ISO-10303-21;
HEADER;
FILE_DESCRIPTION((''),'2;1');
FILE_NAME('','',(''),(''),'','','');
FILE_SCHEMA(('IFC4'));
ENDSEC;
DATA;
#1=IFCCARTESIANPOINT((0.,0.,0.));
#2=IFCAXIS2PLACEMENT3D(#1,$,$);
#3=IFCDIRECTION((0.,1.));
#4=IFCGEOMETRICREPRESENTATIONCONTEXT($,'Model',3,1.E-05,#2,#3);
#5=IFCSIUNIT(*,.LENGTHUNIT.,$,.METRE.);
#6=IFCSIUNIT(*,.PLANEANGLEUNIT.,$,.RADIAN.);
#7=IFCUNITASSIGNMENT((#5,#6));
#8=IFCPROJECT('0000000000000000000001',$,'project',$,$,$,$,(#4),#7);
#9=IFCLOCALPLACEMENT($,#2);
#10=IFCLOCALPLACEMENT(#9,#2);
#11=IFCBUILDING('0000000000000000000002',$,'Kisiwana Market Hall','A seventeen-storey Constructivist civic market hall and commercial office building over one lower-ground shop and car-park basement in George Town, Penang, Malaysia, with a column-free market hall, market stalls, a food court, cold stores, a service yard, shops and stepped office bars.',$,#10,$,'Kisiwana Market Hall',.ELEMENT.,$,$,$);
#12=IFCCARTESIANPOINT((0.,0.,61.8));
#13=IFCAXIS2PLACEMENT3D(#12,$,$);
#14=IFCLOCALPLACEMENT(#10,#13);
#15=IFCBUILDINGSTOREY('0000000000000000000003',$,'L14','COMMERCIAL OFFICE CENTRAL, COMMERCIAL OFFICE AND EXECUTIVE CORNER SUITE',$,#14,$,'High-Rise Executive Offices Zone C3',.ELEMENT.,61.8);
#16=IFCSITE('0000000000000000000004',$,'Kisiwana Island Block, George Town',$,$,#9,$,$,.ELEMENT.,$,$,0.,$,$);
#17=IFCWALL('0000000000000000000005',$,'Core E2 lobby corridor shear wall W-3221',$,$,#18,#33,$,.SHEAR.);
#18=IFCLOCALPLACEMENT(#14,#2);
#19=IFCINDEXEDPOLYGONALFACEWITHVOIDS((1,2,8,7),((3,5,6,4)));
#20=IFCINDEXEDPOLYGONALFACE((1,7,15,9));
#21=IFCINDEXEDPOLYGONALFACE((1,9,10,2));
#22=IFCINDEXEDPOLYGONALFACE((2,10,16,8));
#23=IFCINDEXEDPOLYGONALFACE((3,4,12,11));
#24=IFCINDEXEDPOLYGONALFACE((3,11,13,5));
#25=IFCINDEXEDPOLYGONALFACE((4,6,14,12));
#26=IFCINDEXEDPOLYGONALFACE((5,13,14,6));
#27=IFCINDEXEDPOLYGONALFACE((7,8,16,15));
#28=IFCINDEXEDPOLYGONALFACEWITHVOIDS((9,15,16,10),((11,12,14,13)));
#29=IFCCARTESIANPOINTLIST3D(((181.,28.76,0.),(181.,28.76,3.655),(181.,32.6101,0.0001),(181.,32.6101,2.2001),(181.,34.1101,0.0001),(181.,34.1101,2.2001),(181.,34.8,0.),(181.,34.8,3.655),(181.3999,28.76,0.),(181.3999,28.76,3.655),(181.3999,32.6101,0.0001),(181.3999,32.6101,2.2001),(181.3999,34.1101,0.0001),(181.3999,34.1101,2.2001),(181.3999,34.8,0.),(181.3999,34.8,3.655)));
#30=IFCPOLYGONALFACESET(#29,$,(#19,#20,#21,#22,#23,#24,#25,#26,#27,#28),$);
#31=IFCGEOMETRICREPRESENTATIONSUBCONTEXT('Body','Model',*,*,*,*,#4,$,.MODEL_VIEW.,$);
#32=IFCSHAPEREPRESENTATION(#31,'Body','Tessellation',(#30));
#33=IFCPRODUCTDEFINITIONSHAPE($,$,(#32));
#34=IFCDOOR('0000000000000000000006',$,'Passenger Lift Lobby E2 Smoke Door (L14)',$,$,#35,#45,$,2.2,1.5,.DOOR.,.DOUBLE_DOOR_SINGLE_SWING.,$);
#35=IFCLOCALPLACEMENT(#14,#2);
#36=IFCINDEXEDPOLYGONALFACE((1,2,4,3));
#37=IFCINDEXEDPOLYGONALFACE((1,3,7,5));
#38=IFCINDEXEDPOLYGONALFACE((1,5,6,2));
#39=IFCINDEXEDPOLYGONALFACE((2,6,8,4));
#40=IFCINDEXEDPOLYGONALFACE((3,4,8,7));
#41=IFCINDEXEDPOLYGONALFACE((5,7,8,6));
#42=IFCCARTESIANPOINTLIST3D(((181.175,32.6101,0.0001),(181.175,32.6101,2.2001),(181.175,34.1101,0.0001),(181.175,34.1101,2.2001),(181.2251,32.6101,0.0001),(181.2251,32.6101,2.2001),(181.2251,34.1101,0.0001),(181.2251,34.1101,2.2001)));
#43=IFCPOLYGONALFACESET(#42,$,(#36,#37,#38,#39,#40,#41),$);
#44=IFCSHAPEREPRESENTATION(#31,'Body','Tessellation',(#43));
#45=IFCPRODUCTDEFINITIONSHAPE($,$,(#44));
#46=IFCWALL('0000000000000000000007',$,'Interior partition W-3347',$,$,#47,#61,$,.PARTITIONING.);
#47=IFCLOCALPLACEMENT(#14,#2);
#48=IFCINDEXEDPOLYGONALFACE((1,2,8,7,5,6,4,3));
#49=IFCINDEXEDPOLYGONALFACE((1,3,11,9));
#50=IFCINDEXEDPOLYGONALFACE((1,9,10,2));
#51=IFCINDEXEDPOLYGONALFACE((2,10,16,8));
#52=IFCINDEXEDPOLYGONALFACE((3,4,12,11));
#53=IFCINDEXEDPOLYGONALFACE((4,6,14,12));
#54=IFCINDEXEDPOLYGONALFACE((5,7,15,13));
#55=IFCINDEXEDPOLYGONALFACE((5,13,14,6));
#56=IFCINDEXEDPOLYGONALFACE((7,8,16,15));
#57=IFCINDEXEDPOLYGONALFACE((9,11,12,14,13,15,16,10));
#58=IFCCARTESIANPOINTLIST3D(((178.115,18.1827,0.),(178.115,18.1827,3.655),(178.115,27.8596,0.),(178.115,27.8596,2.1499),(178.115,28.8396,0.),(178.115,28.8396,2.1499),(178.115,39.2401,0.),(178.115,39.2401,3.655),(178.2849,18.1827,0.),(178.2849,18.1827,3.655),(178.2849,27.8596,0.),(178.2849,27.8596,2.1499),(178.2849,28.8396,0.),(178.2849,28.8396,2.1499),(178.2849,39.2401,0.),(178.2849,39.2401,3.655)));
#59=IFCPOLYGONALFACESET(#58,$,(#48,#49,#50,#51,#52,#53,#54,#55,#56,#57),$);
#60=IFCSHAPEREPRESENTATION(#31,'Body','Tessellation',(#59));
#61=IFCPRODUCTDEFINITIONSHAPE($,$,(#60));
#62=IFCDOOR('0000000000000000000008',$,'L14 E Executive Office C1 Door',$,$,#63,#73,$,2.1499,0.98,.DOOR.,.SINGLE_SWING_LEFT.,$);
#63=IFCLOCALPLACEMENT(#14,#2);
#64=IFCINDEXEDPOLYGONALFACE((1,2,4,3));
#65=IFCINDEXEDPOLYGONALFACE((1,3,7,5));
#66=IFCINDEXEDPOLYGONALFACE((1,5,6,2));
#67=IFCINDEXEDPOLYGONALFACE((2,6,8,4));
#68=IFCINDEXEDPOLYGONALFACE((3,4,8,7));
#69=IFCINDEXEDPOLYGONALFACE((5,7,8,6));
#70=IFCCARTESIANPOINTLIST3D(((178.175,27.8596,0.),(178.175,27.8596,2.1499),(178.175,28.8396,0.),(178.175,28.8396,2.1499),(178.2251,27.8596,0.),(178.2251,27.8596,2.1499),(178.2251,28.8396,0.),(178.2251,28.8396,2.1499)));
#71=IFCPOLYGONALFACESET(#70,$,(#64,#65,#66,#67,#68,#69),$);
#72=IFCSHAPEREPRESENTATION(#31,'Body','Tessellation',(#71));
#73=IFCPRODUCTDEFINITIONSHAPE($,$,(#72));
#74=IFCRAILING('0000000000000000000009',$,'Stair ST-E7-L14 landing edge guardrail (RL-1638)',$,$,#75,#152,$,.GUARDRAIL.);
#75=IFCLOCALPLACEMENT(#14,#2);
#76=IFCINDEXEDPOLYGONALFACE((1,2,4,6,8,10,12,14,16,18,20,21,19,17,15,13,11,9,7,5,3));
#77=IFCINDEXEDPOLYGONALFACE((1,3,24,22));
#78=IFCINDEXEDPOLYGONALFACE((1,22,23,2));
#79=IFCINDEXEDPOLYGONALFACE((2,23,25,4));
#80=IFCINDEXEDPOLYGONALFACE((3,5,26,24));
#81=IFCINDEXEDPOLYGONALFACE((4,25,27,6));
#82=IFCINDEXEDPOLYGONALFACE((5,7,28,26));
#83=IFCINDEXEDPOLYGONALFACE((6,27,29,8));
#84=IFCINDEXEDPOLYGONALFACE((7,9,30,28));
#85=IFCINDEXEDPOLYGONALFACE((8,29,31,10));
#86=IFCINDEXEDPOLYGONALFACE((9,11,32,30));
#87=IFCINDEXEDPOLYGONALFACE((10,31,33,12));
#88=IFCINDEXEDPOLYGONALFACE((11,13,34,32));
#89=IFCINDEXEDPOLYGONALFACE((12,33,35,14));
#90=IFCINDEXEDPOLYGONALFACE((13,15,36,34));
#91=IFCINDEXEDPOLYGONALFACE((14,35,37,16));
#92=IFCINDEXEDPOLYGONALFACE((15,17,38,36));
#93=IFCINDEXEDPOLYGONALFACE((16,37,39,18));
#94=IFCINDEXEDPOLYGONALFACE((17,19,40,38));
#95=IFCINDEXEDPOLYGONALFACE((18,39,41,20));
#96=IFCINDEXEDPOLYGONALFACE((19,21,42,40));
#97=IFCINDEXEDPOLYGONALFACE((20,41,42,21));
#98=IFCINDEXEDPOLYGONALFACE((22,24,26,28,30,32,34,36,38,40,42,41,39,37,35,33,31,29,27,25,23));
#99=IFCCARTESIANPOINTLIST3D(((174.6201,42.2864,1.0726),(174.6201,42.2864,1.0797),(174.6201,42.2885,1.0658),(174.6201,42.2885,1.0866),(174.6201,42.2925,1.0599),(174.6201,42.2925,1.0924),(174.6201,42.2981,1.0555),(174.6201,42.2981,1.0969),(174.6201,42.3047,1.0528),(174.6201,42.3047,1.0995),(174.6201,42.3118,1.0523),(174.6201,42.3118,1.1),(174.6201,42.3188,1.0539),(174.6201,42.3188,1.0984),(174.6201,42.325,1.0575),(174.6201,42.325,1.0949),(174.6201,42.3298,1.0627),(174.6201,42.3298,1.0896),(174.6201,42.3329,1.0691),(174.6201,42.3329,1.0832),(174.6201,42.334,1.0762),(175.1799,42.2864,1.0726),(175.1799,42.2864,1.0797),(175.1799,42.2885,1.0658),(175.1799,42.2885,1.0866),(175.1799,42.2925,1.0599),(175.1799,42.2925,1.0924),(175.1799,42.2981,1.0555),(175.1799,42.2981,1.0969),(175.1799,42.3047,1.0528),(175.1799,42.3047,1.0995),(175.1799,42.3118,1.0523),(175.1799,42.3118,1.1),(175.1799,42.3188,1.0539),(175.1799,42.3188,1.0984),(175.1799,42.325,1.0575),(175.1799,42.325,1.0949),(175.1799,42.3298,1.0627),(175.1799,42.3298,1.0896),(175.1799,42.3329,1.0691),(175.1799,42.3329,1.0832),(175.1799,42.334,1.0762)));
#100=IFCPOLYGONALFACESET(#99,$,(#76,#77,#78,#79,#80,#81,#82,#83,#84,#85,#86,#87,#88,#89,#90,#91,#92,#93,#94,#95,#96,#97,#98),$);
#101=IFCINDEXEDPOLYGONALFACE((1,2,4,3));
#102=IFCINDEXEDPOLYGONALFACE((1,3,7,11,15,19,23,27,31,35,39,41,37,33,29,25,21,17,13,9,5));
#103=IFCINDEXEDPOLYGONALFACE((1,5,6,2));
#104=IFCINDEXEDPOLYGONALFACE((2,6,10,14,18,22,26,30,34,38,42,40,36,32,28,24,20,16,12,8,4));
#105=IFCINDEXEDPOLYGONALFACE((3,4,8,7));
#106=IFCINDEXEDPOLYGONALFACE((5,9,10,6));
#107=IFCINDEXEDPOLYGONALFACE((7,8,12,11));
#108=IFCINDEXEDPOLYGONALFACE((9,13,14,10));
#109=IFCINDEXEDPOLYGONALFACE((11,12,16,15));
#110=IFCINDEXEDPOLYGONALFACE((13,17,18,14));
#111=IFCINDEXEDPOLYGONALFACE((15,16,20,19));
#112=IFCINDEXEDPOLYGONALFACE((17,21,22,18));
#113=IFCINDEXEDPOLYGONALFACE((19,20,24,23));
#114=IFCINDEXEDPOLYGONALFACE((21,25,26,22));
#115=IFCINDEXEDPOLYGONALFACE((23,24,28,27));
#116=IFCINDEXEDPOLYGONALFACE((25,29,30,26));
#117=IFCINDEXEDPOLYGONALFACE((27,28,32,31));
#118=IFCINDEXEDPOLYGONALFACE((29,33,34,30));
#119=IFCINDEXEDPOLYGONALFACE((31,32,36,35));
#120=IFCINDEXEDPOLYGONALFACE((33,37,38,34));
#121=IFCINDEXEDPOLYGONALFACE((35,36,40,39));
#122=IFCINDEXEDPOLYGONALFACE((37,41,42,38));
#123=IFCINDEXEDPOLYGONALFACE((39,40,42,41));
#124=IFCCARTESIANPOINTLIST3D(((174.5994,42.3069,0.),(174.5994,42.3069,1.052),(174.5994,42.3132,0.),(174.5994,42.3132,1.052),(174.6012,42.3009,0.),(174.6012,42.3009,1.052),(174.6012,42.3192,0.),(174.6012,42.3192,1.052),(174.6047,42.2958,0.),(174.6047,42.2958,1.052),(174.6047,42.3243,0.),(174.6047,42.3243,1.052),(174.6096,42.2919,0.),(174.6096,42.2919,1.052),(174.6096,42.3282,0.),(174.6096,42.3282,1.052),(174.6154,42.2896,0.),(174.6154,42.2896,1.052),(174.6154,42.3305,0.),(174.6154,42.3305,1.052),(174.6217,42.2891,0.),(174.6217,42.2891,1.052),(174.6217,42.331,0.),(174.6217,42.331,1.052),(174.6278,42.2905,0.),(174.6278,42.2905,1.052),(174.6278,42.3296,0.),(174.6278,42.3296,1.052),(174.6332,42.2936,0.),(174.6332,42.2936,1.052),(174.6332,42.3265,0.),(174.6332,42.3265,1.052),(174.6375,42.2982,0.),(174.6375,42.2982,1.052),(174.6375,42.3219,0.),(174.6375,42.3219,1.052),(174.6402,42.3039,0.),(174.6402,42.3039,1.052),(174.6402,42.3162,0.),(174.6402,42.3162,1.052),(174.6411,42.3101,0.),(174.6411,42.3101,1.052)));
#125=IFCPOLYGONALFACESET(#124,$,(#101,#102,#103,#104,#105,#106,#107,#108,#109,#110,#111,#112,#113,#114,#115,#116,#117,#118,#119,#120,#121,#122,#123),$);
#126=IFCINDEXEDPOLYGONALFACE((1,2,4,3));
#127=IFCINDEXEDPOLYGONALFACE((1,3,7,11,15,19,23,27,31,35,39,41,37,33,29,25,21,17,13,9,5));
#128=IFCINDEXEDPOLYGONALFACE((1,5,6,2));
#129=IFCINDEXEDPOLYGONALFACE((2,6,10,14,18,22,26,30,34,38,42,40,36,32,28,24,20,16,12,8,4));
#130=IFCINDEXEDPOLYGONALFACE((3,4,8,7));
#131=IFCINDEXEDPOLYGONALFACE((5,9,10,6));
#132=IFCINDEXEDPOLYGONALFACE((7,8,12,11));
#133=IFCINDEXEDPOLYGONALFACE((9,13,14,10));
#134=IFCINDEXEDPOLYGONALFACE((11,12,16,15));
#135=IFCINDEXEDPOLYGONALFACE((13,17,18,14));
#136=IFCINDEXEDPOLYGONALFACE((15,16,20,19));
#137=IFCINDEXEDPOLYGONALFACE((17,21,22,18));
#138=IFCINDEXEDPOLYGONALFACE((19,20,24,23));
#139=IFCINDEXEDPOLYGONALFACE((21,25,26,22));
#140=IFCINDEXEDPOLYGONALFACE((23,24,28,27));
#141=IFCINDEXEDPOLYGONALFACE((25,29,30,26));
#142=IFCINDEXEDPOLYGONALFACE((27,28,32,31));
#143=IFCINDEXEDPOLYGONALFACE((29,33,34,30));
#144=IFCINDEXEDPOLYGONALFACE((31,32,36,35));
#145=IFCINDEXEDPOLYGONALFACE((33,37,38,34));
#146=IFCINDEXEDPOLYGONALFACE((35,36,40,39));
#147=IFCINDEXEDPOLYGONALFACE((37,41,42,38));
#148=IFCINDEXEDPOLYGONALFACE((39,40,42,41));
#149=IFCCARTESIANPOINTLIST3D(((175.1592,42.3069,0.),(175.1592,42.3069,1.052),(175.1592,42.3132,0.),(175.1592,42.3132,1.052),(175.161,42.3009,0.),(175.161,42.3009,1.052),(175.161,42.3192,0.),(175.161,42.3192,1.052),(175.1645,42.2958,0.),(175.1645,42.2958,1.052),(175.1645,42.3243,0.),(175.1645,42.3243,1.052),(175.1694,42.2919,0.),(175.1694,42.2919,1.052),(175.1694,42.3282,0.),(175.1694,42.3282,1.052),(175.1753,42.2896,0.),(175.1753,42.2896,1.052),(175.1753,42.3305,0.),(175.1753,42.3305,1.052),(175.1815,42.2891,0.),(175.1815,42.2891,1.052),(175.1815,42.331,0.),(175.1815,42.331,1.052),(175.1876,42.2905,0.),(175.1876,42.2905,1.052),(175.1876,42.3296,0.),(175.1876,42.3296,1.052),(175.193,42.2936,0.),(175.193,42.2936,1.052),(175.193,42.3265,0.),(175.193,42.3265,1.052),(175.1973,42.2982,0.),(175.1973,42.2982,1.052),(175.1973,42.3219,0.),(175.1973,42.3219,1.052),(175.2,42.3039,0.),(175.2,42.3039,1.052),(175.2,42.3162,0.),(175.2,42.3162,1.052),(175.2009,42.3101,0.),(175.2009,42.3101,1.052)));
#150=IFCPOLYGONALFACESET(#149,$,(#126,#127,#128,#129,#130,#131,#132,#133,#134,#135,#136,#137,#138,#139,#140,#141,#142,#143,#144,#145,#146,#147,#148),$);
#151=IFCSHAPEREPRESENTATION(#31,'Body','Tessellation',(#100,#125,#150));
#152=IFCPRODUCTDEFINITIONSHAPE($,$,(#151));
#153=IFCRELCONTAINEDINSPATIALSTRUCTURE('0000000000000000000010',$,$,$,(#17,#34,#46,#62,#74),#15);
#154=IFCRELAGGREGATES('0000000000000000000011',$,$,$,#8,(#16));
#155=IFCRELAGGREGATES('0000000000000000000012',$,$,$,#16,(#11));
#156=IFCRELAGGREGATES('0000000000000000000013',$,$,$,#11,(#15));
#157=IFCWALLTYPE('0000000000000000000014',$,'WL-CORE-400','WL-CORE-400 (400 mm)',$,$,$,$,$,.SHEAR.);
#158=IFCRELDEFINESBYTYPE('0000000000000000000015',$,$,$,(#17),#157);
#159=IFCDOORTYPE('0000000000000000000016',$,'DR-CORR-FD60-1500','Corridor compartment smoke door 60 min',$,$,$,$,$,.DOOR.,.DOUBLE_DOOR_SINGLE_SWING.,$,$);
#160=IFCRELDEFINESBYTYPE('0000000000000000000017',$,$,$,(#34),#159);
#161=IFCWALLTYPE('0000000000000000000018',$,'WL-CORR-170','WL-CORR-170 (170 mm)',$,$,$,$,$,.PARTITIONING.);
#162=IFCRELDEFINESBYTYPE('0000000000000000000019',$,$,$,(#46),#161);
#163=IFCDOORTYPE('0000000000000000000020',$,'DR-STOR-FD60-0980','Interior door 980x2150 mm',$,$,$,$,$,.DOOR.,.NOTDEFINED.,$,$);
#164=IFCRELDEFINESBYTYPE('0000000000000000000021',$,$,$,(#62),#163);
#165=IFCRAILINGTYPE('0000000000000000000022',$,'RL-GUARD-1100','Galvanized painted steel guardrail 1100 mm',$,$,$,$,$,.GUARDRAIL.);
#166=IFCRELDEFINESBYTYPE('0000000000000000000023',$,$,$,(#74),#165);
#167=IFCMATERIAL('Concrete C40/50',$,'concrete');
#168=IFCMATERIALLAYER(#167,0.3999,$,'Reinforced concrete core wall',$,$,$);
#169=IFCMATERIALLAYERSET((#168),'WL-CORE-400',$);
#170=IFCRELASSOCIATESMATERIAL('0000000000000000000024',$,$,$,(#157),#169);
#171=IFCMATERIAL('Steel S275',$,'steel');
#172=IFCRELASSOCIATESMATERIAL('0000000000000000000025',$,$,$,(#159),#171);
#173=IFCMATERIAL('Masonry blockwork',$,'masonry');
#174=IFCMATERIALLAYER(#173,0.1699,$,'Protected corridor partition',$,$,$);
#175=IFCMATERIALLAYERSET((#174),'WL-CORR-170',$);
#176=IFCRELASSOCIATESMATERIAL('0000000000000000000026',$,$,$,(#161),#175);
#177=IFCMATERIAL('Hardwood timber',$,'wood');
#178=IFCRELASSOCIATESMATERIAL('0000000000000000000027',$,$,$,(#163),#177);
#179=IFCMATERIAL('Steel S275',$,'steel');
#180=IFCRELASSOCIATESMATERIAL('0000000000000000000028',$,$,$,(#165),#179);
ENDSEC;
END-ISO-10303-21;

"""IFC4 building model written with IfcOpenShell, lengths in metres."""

from ifc_helpers import new_model, si_unit, direction, frame, frame_2d, origin, origin_2d, place, context, subcontext, project, spatial, rectangle, circle, extrude, material, layer, layer_set, type_object, element, fill, save


model = new_model("IFC4")

# Units and contexts
model_context = context("Model", 3, precision=1e-05, world=origin(), true_north=direction((0.0, 1.0)))
body_context = subcontext(model_context, "Body", "Model", "MODEL_VIEW")
ifc_project = project(units=[si_unit("LENGTHUNIT", "METRE"), si_unit("PLANEANGLEUNIT", "RADIAN")], contexts=[model_context])

# Site, building, storey
site_placement = place(None, origin())
site = spatial("IfcSite", under=ifc_project, at=site_placement, Name="Kisiwana Island Block, George Town", CompositionType="ELEMENT", RefElevation=0.0)
building_placement = place(site_placement, origin())
building = spatial("IfcBuilding", under=site, at=building_placement, Name="Kisiwana Market Hall", Description="A seventeen-storey Constructivist civic market hall and commercial office building over one lower-ground shop and car-park basement in George Town, Penang, Malaysia, with a column-free market hall, market stalls, a food court, cold stores, a service yard, shops and stepped office bars.", LongName="Kisiwana Market Hall", CompositionType="ELEMENT")
storey_placement = place(building_placement, frame((0.0, 0.0, 61.8)))
storey = spatial("IfcBuildingStorey", under=building, at=storey_placement, Name="L14", Description="COMMERCIAL OFFICE CENTRAL, COMMERCIAL OFFICE AND EXECUTIVE CORNER SUITE", LongName="High-Rise Executive Offices Zone C3", CompositionType="ELEMENT", Elevation=61.8)

# Shared definitions
ifc_material_1 = material(Name="Concrete C40/50", Category="concrete")
ifc_layer_1 = layer(ifc_material_1, 0.3999, Name="Reinforced concrete core wall")
ifc_layer_set_1 = layer_set([ifc_layer_1], Name="WL-CORE-400")
wall_type_1 = type_object("IfcWallType", Name="WL-CORE-400", Description="WL-CORE-400 (400 mm)", PredefinedType="SHEAR", material=ifc_layer_set_1)

# Walls, openings, doors
wall_1_placement = place(storey_placement, frame((181.2, 28.76, 0.0), z_axis=(0.0, 0.0, 1.0), x_axis=(0.0, 1.0, 0.0)))
wall_1 = element("IfcWall", 1, at=wall_1_placement, inside=storey, type_object=wall_type_1, Name="Core E2 lobby corridor shear wall W-3221", PredefinedType="SHEAR", context=body_context, shape_type="SweptSolid", body=[
    extrude(rectangle(XDim=6.04, YDim=0.3999, at=frame_2d((3.02, 0.0))), origin(), (0.0, 0.0, 1.0), 3.655),
])
opening_1_placement = place(wall_1_placement, frame((3.8501, 0.0, 0.0)))
opening_1 = element("IfcOpeningElement", 2, at=opening_1_placement, cuts=wall_1, PredefinedType="OPENING", context=body_context, shape_type="SweptSolid", body=[
    extrude(rectangle(XDim=1.5, YDim=2.2, at=frame_2d((0.75, 1.1001))), frame((0.0, 0.2119, 0.0), z_axis=(0.0, -1.0, 0.0), x_axis=(1.0, 0.0, 0.0)), (0.0, 0.0, 1.0), 0.4238),
])
ifc_material_2 = material(Name="Steel S275", Category="steel")
door_type_1 = type_object("IfcDoorType", Name="DR-CORR-FD60-1500", Description="Corridor compartment smoke door 60 min", OperationType="DOUBLE_DOOR_SINGLE_SWING", PredefinedType="DOOR", material=ifc_material_2)
door_1_placement = place(opening_1_placement, origin())
door_1 = element("IfcDoor", 3, at=door_1_placement, inside=storey, type_object=door_type_1, Name="Passenger Lift Lobby E2 Smoke Door (L14)", OperationType="DOUBLE_DOOR_SINGLE_SWING", OverallHeight=2.2, OverallWidth=1.5, PredefinedType="DOOR", context=body_context, shape_type="SweptSolid", body=[
    extrude(rectangle(XDim=1.5, YDim=2.2, at=frame_2d((0.75, 1.1001))), frame((0.0, 0.0249, 0.0), z_axis=(0.0, -1.0, 0.0), x_axis=(1.0, 0.0, 0.0)), (0.0, 0.0, 1.0), 0.05),
])
fill(opening_1, door_1)
ifc_material_3 = material(Name="Masonry blockwork", Category="masonry")
ifc_layer_2 = layer(ifc_material_3, 0.1699, Name="Protected corridor partition")
ifc_layer_set_2 = layer_set([ifc_layer_2], Name="WL-CORR-170")
wall_type_2 = type_object("IfcWallType", Name="WL-CORR-170", Description="WL-CORR-170 (170 mm)", PredefinedType="PARTITIONING", material=ifc_layer_set_2)
wall_2_placement = place(storey_placement, frame((178.2, 18.1826, 0.0), z_axis=(0.0, 0.0, 1.0), x_axis=(0.0, 1.0, 0.0)))
wall_2 = element("IfcWall", 4, at=wall_2_placement, inside=storey, type_object=wall_type_2, Name="Interior partition W-3347", PredefinedType="PARTITIONING", context=body_context, shape_type="SweptSolid", body=[
    extrude(rectangle(XDim=21.0574, YDim=0.1699, at=frame_2d((10.5288, 0.0))), origin(), (0.0, 0.0, 1.0), 3.655),
])
opening_2_placement = place(wall_2_placement, frame((9.677, 0.0, 0.0)))
opening_2 = element("IfcOpeningElement", 5, at=opening_2_placement, cuts=wall_2, PredefinedType="OPENING", context=body_context, shape_type="SweptSolid", body=[
    extrude(rectangle(XDim=0.98, YDim=2.1499, at=frame_2d((0.49, 1.075))), frame((0.0, 0.0969, 0.0), z_axis=(0.0, -1.0, 0.0), x_axis=(1.0, 0.0, 0.0)), (0.0, 0.0, 1.0), 0.1938),
])
ifc_material_4 = material(Name="Hardwood timber", Category="wood")
door_type_2 = type_object("IfcDoorType", Name="DR-STOR-FD60-0980", Description="Interior door 980x2150 mm", OperationType="NOTDEFINED", PredefinedType="DOOR", material=ifc_material_4)
door_2_placement = place(opening_2_placement, origin())
door_2 = element("IfcDoor", 6, at=door_2_placement, inside=storey, type_object=door_type_2, Name="L14 E Executive Office C1 Door", OperationType="SINGLE_SWING_LEFT", OverallHeight=2.1499, OverallWidth=0.98, PredefinedType="DOOR", context=body_context, shape_type="SweptSolid", body=[
    extrude(rectangle(XDim=0.98, YDim=2.1499, at=frame_2d((0.49, 1.075))), frame((0.0, 0.0249, 0.0), z_axis=(0.0, -1.0, 0.0), x_axis=(1.0, 0.0, 0.0)), (0.0, 0.0, 1.0), 0.05),
])
fill(opening_2, door_2)

# Railing
ifc_material_5 = material(Name="Steel S275", Category="steel")
railing_type_1 = type_object("IfcRailingType", Name="RL-GUARD-1100", Description="Galvanized painted steel guardrail 1100 mm", PredefinedType="GUARDRAIL", material=ifc_material_5)
for number, where, name in (
    (7, (174.6201, 42.3101, 0.0), "Stair ST-E7-L14 landing edge guardrail (RL-1638)"),
):
    element("IfcRailing", number, at=place(storey_placement, frame(where)), inside=storey, type_object=railing_type_1, Name=name, PredefinedType="GUARDRAIL", context=body_context, shape_type="SweptSolid", body=[
        extrude(circle(Radius=0.0239, at=origin_2d()), frame((0.0, 0.0, 1.0762), z_axis=(1.0, 0.0, 0.0), x_axis=(0.0, 1.0, 0.0)), (0.0, 0.0, 1.0), 0.5598),
        extrude(circle(Radius=0.021, at=origin_2d()), origin(), (0.0, 0.0, 1.0), 1.052),
        extrude(circle(Radius=0.021, at=origin_2d()), frame((0.5598, 0.0, 0.0)), (0.0, 0.0, 1.0), 1.052),
    ])

save(model, "model.ifc")
